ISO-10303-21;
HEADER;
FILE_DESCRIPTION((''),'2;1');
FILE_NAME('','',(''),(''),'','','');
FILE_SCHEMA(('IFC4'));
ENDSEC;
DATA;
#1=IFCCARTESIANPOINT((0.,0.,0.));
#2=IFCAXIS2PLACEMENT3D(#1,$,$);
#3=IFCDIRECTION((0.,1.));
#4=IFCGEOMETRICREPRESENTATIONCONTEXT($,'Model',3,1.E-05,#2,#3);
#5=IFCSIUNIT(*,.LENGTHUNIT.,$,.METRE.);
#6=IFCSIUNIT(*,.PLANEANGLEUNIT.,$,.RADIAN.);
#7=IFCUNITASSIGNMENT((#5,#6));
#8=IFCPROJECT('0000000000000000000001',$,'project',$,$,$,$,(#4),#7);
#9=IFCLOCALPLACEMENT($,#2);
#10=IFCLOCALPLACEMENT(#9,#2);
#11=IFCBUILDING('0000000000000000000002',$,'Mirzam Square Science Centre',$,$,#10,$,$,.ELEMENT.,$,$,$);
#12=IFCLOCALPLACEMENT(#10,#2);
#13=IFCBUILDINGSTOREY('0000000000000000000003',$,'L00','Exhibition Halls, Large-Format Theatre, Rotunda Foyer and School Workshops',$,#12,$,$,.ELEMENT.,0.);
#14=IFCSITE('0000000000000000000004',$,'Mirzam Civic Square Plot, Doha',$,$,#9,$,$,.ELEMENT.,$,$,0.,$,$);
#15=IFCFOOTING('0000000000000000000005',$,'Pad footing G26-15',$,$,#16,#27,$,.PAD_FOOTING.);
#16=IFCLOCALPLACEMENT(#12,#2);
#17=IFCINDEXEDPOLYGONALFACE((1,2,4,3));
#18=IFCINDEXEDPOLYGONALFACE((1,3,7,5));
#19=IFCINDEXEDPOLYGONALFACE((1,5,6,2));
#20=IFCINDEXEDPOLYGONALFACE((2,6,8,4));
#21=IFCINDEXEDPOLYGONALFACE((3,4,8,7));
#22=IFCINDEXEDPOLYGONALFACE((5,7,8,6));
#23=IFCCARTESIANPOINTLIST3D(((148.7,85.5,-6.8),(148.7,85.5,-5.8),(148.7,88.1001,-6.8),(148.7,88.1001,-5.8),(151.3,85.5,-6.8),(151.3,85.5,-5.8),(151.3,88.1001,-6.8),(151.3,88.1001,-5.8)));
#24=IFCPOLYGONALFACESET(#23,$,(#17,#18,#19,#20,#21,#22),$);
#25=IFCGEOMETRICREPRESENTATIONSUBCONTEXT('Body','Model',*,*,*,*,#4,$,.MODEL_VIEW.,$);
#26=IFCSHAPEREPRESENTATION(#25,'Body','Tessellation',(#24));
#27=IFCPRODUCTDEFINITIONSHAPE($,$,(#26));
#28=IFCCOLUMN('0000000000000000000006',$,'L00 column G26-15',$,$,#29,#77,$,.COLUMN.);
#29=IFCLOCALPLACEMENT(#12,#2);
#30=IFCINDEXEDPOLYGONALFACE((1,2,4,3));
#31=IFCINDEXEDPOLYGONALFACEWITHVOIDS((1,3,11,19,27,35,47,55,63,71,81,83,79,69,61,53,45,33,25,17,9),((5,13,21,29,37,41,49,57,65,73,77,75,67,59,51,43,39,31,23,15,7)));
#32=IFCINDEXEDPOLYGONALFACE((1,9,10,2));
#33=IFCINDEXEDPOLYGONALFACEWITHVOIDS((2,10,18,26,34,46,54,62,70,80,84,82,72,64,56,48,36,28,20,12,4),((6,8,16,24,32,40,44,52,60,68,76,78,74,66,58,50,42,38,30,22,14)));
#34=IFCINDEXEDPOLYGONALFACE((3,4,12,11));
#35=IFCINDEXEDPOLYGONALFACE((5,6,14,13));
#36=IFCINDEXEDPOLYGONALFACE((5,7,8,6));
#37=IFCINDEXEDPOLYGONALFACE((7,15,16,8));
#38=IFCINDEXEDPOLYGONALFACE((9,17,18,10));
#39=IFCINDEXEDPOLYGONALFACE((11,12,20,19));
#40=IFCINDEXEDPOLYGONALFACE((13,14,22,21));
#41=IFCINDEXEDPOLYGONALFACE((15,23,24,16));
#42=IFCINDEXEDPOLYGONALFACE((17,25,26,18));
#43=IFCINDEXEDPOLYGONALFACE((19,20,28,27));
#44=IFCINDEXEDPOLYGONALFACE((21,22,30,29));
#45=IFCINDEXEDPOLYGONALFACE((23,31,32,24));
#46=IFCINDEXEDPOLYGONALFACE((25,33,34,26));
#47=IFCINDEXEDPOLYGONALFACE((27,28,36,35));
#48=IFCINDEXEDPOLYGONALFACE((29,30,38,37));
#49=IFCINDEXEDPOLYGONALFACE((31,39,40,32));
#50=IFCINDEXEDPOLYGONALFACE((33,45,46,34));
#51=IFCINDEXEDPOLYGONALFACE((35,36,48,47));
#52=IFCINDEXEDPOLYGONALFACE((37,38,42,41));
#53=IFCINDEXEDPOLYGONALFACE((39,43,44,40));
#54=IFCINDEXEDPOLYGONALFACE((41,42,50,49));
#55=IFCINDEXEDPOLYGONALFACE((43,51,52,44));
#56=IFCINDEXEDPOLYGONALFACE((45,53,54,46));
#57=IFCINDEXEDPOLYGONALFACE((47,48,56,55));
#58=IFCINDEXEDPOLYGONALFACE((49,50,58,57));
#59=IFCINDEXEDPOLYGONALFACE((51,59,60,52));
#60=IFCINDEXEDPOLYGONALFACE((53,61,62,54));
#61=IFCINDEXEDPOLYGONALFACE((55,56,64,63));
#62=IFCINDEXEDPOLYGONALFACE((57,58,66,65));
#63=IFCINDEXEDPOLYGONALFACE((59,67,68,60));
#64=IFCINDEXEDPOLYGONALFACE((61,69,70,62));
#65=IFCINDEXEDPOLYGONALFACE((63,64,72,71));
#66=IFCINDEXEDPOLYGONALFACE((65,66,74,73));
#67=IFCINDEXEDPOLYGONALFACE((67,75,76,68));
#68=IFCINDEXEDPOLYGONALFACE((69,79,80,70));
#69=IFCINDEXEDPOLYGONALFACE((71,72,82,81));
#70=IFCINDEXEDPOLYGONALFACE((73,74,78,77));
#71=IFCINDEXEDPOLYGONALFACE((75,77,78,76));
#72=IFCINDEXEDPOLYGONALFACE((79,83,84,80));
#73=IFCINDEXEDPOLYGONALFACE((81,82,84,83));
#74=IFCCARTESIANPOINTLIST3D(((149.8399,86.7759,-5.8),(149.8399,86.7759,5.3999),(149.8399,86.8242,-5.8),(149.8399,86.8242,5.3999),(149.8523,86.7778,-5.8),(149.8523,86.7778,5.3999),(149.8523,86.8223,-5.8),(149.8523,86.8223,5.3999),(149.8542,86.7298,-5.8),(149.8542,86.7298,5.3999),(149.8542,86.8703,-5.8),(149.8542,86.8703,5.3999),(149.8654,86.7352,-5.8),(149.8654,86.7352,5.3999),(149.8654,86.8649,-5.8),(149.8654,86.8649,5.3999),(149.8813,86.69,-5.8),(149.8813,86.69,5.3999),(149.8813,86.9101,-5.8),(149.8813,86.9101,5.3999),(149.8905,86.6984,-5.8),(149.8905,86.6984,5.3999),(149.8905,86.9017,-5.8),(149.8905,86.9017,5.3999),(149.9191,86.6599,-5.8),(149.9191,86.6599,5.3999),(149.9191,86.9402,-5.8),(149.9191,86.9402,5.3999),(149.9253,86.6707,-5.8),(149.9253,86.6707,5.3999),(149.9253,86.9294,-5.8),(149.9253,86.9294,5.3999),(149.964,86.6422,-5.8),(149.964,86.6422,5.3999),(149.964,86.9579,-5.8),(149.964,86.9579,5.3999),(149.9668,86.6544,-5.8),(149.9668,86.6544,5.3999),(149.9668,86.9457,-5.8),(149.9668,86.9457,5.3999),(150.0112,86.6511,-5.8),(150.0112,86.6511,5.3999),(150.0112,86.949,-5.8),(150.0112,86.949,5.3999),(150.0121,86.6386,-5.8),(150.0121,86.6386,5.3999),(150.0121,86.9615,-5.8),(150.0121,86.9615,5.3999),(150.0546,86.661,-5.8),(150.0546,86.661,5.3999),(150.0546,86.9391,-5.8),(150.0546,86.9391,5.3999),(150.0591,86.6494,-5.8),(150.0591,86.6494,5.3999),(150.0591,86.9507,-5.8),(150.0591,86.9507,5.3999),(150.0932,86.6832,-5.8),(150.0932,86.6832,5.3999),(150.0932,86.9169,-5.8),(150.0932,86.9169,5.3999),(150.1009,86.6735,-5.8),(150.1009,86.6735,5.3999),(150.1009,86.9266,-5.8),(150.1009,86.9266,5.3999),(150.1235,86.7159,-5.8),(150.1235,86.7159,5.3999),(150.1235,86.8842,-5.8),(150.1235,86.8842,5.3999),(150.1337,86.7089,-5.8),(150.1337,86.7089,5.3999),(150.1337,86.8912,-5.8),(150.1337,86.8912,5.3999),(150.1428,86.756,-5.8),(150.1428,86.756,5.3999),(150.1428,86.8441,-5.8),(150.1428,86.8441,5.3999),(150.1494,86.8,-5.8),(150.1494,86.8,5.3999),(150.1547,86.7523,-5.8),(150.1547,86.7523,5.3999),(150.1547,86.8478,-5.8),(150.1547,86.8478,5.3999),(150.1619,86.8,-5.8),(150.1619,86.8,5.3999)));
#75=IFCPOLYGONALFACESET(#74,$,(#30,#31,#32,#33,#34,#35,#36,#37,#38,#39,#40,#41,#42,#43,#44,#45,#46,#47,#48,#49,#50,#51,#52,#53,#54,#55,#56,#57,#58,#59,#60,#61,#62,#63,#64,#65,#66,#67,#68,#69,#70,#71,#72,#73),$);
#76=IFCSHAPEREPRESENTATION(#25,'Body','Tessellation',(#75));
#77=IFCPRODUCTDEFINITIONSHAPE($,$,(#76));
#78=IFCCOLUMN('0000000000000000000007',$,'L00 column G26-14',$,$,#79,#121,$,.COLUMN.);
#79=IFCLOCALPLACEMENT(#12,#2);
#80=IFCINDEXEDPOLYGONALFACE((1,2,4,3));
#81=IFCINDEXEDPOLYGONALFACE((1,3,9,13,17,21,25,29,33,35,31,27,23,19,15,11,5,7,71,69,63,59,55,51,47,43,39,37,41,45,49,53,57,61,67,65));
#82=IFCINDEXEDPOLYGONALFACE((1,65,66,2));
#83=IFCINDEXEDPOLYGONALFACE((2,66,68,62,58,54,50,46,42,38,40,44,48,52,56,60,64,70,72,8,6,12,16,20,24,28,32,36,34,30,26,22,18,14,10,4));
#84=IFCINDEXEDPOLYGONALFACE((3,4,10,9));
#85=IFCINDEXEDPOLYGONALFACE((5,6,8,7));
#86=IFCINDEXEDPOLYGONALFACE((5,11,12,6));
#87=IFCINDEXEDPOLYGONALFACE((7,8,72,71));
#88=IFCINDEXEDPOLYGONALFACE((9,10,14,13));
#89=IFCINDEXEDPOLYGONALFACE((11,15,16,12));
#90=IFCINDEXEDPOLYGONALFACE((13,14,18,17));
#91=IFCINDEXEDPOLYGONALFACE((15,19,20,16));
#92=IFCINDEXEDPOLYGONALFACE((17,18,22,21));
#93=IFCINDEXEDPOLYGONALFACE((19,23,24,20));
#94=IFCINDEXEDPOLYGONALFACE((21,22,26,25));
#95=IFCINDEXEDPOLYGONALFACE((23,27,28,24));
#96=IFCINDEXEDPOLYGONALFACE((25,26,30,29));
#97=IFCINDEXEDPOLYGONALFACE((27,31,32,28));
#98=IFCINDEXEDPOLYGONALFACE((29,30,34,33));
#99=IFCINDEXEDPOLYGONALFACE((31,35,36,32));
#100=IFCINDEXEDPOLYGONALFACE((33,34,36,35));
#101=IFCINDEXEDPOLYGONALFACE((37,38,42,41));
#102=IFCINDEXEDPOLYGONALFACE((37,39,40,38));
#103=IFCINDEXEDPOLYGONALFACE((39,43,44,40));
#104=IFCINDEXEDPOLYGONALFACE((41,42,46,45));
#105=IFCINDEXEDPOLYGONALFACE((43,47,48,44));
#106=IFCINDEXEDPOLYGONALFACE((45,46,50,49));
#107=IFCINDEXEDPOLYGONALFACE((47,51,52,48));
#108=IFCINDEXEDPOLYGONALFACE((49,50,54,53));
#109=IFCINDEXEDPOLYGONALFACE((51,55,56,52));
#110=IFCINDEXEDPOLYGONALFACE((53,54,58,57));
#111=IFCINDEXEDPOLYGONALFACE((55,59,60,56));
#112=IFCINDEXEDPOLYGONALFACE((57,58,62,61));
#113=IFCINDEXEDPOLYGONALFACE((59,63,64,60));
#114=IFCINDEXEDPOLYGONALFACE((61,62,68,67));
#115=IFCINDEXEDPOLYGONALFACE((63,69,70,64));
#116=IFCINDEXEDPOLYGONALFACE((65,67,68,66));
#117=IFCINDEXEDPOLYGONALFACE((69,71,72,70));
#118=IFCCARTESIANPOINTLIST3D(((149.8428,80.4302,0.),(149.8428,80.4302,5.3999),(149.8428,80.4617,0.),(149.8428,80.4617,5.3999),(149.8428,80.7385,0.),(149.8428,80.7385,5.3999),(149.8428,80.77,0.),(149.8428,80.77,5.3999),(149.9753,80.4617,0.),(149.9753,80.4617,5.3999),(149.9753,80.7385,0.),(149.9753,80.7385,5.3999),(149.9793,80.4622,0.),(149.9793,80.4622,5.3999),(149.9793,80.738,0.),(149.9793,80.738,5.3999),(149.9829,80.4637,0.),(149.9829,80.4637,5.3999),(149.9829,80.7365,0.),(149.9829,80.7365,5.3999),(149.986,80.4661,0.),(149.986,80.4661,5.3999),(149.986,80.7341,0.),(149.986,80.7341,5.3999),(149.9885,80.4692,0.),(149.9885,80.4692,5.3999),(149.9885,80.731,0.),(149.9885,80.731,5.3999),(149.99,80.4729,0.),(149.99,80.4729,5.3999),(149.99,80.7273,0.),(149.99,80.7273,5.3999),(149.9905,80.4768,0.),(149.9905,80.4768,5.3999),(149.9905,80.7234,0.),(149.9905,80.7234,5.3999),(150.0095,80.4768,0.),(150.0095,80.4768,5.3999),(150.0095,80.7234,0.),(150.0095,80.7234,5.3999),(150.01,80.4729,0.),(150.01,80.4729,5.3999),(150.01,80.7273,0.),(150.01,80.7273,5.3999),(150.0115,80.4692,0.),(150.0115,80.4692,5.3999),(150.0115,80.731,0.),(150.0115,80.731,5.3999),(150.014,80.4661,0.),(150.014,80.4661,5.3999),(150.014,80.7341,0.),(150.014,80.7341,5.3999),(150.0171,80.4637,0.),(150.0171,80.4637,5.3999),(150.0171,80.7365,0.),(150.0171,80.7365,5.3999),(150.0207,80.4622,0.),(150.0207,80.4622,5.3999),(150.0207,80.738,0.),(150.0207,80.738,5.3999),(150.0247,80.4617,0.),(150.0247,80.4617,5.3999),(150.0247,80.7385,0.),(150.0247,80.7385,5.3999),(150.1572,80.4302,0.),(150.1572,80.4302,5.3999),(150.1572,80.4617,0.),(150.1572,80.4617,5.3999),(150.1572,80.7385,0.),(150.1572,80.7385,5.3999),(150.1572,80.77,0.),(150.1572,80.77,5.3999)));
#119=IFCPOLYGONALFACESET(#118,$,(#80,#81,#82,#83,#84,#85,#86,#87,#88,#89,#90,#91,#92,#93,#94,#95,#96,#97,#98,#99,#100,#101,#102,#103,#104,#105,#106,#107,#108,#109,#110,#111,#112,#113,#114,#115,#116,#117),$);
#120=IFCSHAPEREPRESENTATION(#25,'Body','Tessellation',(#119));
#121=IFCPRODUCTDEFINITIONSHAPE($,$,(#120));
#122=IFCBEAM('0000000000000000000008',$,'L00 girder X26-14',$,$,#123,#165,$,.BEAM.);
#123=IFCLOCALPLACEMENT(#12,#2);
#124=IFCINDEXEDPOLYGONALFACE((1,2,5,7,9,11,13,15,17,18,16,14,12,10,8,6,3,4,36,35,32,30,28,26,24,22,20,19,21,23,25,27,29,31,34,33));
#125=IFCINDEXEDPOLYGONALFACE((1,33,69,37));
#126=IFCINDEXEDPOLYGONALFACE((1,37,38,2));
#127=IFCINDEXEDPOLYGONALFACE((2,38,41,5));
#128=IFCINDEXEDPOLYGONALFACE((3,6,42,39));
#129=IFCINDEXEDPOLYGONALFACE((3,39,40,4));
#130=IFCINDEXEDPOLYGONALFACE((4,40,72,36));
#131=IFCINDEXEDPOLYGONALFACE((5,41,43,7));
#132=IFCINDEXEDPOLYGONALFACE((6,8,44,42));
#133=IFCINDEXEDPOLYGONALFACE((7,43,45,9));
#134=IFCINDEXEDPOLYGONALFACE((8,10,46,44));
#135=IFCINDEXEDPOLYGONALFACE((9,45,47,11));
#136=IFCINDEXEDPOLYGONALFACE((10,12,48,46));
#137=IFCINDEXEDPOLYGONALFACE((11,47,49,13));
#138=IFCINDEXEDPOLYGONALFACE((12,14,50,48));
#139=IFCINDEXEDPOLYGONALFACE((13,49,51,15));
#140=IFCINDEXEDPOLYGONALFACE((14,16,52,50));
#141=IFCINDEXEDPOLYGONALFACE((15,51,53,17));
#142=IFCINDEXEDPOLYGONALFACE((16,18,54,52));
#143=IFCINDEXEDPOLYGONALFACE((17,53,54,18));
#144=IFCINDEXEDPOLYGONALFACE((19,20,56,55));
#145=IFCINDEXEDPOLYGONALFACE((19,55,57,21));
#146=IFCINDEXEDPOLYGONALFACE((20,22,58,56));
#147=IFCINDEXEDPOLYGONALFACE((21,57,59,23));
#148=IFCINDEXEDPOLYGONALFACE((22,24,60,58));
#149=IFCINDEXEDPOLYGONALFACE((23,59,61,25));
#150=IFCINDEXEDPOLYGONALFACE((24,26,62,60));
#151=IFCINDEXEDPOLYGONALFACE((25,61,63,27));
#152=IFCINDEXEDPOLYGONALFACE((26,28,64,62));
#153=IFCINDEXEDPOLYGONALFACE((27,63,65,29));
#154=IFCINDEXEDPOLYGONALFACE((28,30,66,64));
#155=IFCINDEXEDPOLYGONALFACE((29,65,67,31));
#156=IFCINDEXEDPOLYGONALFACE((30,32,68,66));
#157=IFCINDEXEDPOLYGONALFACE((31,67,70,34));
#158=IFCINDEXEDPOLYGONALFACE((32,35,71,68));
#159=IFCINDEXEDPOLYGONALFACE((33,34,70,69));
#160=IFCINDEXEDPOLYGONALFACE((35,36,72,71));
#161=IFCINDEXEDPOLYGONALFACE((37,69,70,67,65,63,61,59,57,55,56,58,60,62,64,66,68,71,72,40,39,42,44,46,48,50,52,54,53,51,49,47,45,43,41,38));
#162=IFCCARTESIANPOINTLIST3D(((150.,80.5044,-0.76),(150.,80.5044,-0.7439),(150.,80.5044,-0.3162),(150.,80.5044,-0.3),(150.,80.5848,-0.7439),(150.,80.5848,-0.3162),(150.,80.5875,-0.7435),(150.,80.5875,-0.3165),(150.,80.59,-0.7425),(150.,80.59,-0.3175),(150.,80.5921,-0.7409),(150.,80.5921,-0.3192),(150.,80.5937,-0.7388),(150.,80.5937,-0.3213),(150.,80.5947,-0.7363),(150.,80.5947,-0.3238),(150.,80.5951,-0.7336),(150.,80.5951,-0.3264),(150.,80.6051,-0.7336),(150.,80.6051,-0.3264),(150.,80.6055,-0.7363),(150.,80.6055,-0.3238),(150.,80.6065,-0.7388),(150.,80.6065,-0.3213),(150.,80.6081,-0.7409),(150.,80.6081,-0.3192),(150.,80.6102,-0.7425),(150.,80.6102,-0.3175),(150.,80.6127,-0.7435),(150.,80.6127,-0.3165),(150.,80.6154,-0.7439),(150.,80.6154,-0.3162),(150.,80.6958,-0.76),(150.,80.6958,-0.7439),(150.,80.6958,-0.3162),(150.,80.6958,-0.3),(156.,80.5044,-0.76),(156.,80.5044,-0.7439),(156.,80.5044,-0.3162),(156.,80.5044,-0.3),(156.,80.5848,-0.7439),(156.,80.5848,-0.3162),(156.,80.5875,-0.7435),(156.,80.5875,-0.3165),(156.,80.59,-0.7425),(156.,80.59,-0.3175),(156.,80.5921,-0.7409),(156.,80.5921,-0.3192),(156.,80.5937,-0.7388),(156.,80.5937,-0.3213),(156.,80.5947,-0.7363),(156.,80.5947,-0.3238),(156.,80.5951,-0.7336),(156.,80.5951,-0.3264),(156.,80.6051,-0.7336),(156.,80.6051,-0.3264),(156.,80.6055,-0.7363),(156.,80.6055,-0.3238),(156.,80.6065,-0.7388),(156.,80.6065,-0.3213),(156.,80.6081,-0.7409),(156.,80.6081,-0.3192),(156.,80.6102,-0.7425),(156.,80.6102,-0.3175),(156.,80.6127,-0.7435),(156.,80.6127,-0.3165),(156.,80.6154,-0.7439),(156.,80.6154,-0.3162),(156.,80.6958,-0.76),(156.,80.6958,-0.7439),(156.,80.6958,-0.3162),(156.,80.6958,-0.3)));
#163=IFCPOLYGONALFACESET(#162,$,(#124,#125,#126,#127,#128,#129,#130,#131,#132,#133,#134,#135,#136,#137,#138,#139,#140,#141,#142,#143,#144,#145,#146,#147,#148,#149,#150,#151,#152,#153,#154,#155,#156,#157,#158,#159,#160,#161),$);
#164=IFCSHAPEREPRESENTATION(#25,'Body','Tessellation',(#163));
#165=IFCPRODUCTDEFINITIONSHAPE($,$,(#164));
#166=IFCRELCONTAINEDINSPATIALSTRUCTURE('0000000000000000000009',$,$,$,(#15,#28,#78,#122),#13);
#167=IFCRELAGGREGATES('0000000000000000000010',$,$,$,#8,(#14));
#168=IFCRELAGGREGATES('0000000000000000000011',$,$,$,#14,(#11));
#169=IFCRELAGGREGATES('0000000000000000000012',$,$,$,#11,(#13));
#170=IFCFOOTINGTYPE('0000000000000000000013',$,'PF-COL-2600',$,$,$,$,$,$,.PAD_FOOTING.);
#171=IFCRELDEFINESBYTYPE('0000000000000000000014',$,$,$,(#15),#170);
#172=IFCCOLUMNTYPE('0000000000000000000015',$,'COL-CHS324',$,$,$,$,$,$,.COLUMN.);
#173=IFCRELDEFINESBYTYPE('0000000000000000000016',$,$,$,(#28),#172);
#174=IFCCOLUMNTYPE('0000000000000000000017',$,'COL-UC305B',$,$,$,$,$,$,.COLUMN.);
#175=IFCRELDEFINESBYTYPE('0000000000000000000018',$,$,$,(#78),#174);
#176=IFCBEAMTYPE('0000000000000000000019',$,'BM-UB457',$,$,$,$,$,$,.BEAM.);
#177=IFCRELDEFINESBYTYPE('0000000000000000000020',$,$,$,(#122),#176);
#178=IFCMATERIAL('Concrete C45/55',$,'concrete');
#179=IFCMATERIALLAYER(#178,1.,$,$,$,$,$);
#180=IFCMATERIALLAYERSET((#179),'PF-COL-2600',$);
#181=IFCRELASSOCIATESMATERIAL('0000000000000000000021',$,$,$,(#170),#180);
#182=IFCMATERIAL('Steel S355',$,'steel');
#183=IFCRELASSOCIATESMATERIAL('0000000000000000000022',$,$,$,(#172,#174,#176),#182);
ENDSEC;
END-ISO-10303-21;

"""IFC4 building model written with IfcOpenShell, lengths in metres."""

from ifc_helpers import new_model, si_unit, direction, frame, origin, origin_2d, place, context, subcontext, project, spatial, rectangle, hollow_circle, i_section, extrude, material, layer, layer_set, material_profile, profile_set, type_object, element, save


model = new_model("IFC4")

# Units and contexts
model_context = context("Model", 3, precision=1e-05, world=origin(), true_north=direction((0.0, 1.0)))
body_context = subcontext(model_context, "Body", "Model", "MODEL_VIEW")
ifc_project = project(units=[si_unit("LENGTHUNIT", "METRE"), si_unit("PLANEANGLEUNIT", "RADIAN")], contexts=[model_context])

# Site, building, storey
site_placement = place(None, origin())
site = spatial("IfcSite", under=ifc_project, at=site_placement, Name="Mirzam Civic Square Plot, Doha", CompositionType="ELEMENT", RefElevation=0.0)
building_placement = place(site_placement, origin())
building = spatial("IfcBuilding", under=site, at=building_placement, Name="Mirzam Square Science Centre", CompositionType="ELEMENT")
storey_placement = place(building_placement, origin())
storey = spatial("IfcBuildingStorey", under=building, at=storey_placement, Name="L00", Description="Exhibition Halls, Large-Format Theatre, Rotunda Foyer and School Workshops", CompositionType="ELEMENT", Elevation=0.0)

# Footing
ifc_material_1 = material(Name="Concrete C45/55", Category="concrete")
ifc_layer_1 = layer(ifc_material_1, 1.0)
ifc_layer_set_1 = layer_set([ifc_layer_1], Name="PF-COL-2600")
footing_type = type_object("IfcFootingType", Name="PF-COL-2600", PredefinedType="PAD_FOOTING", material=ifc_layer_set_1)
footing_placement = place(storey_placement, frame((150.0, 86.8, -6.8), z_axis=(0.0, 0.0, 1.0), x_axis=(1.0, 0.0, 0.0)))
element("IfcFooting", 1, at=footing_placement, inside=storey, type_object=footing_type, Name="Pad footing G26-15", PredefinedType="PAD_FOOTING", context=body_context, shape_type="SweptSolid", body=[
    extrude(rectangle(XDim=2.6001, YDim=2.6001, at=origin_2d()), origin(), (0.0, 0.0, 1.0), 1.0),
])

# Columns
ifc_material_2 = material(Name="Steel S355", Category="steel")
ifc_material_profile_1 = material_profile(ifc_material_2, hollow_circle(Radius=0.1619, WallThickness=0.0125, at=origin_2d()), Name="323.9x12.5CHS")
ifc_profile_set_1 = profile_set([ifc_material_profile_1], Name="Steel S355")
column_type_1 = type_object("IfcColumnType", Name="COL-CHS324", PredefinedType="COLUMN", material=ifc_profile_set_1)
column_1_placement = place(storey_placement, frame((150.0, 86.8, -5.8), z_axis=(0.0, 0.0, 1.0), x_axis=(1.0, 0.0, 0.0)))
element("IfcColumn", 2, at=column_1_placement, inside=storey, type_object=column_type_1, Name="L00 column G26-15", PredefinedType="COLUMN", context=body_context, shape_type="SweptSolid", body=[
    extrude(hollow_circle(Radius=0.1619, WallThickness=0.0125, at=origin_2d()), origin(), (0.0, 0.0, 1.0), 11.2),
])
ifc_material_profile_2 = material_profile(ifc_material_2, i_section(OverallWidth=0.3145, OverallDepth=0.3398, WebThickness=0.019, FlangeThickness=0.0315, FilletRadius=0.0151, at=origin_2d()), Name="305x305x198UC")
ifc_profile_set_2 = profile_set([ifc_material_profile_2], Name="Steel S355")
column_type_2 = type_object("IfcColumnType", Name="COL-UC305B", PredefinedType="COLUMN", material=ifc_profile_set_2)
column_2_placement = place(storey_placement, frame((150.0, 80.6001, 0.0), z_axis=(0.0, 0.0, 1.0), x_axis=(1.0, 0.0, 0.0)))
element("IfcColumn", 3, at=column_2_placement, inside=storey, type_object=column_type_2, Name="L00 column G26-14", PredefinedType="COLUMN", context=body_context, shape_type="SweptSolid", body=[
    extrude(i_section(OverallWidth=0.3145, OverallDepth=0.3398, WebThickness=0.019, FlangeThickness=0.0315, FilletRadius=0.0151, at=origin_2d()), origin(), (0.0, 0.0, 1.0), 5.3999),
])

# Beam
ifc_material_profile_3 = material_profile(ifc_material_2, i_section(OverallWidth=0.1914, OverallDepth=0.46, WebThickness=0.01, FlangeThickness=0.0161, FilletRadius=0.0103, at=origin_2d()), Name="457x191x82UB")
ifc_profile_set_3 = profile_set([ifc_material_profile_3], Name="Steel S355")
beam_type_1 = type_object("IfcBeamType", Name="BM-UB457", PredefinedType="BEAM", material=ifc_profile_set_3)
beam_1_placement = place(storey_placement, frame((150.0, 80.6001, -0.53), z_axis=(1.0, 0.0, 0.0), x_axis=(0.0, 1.0, 0.0)))
element("IfcBeam", 4, at=beam_1_placement, inside=storey, type_object=beam_type_1, Name="L00 girder X26-14", PredefinedType="BEAM", context=body_context, shape_type="SweptSolid", body=[
    extrude(i_section(OverallWidth=0.1914, OverallDepth=0.46, WebThickness=0.01, FlangeThickness=0.0161, FilletRadius=0.0103, at=origin_2d()), origin(), (0.0, 0.0, 1.0), 6.0),
])

save(model, "model.ifc")
